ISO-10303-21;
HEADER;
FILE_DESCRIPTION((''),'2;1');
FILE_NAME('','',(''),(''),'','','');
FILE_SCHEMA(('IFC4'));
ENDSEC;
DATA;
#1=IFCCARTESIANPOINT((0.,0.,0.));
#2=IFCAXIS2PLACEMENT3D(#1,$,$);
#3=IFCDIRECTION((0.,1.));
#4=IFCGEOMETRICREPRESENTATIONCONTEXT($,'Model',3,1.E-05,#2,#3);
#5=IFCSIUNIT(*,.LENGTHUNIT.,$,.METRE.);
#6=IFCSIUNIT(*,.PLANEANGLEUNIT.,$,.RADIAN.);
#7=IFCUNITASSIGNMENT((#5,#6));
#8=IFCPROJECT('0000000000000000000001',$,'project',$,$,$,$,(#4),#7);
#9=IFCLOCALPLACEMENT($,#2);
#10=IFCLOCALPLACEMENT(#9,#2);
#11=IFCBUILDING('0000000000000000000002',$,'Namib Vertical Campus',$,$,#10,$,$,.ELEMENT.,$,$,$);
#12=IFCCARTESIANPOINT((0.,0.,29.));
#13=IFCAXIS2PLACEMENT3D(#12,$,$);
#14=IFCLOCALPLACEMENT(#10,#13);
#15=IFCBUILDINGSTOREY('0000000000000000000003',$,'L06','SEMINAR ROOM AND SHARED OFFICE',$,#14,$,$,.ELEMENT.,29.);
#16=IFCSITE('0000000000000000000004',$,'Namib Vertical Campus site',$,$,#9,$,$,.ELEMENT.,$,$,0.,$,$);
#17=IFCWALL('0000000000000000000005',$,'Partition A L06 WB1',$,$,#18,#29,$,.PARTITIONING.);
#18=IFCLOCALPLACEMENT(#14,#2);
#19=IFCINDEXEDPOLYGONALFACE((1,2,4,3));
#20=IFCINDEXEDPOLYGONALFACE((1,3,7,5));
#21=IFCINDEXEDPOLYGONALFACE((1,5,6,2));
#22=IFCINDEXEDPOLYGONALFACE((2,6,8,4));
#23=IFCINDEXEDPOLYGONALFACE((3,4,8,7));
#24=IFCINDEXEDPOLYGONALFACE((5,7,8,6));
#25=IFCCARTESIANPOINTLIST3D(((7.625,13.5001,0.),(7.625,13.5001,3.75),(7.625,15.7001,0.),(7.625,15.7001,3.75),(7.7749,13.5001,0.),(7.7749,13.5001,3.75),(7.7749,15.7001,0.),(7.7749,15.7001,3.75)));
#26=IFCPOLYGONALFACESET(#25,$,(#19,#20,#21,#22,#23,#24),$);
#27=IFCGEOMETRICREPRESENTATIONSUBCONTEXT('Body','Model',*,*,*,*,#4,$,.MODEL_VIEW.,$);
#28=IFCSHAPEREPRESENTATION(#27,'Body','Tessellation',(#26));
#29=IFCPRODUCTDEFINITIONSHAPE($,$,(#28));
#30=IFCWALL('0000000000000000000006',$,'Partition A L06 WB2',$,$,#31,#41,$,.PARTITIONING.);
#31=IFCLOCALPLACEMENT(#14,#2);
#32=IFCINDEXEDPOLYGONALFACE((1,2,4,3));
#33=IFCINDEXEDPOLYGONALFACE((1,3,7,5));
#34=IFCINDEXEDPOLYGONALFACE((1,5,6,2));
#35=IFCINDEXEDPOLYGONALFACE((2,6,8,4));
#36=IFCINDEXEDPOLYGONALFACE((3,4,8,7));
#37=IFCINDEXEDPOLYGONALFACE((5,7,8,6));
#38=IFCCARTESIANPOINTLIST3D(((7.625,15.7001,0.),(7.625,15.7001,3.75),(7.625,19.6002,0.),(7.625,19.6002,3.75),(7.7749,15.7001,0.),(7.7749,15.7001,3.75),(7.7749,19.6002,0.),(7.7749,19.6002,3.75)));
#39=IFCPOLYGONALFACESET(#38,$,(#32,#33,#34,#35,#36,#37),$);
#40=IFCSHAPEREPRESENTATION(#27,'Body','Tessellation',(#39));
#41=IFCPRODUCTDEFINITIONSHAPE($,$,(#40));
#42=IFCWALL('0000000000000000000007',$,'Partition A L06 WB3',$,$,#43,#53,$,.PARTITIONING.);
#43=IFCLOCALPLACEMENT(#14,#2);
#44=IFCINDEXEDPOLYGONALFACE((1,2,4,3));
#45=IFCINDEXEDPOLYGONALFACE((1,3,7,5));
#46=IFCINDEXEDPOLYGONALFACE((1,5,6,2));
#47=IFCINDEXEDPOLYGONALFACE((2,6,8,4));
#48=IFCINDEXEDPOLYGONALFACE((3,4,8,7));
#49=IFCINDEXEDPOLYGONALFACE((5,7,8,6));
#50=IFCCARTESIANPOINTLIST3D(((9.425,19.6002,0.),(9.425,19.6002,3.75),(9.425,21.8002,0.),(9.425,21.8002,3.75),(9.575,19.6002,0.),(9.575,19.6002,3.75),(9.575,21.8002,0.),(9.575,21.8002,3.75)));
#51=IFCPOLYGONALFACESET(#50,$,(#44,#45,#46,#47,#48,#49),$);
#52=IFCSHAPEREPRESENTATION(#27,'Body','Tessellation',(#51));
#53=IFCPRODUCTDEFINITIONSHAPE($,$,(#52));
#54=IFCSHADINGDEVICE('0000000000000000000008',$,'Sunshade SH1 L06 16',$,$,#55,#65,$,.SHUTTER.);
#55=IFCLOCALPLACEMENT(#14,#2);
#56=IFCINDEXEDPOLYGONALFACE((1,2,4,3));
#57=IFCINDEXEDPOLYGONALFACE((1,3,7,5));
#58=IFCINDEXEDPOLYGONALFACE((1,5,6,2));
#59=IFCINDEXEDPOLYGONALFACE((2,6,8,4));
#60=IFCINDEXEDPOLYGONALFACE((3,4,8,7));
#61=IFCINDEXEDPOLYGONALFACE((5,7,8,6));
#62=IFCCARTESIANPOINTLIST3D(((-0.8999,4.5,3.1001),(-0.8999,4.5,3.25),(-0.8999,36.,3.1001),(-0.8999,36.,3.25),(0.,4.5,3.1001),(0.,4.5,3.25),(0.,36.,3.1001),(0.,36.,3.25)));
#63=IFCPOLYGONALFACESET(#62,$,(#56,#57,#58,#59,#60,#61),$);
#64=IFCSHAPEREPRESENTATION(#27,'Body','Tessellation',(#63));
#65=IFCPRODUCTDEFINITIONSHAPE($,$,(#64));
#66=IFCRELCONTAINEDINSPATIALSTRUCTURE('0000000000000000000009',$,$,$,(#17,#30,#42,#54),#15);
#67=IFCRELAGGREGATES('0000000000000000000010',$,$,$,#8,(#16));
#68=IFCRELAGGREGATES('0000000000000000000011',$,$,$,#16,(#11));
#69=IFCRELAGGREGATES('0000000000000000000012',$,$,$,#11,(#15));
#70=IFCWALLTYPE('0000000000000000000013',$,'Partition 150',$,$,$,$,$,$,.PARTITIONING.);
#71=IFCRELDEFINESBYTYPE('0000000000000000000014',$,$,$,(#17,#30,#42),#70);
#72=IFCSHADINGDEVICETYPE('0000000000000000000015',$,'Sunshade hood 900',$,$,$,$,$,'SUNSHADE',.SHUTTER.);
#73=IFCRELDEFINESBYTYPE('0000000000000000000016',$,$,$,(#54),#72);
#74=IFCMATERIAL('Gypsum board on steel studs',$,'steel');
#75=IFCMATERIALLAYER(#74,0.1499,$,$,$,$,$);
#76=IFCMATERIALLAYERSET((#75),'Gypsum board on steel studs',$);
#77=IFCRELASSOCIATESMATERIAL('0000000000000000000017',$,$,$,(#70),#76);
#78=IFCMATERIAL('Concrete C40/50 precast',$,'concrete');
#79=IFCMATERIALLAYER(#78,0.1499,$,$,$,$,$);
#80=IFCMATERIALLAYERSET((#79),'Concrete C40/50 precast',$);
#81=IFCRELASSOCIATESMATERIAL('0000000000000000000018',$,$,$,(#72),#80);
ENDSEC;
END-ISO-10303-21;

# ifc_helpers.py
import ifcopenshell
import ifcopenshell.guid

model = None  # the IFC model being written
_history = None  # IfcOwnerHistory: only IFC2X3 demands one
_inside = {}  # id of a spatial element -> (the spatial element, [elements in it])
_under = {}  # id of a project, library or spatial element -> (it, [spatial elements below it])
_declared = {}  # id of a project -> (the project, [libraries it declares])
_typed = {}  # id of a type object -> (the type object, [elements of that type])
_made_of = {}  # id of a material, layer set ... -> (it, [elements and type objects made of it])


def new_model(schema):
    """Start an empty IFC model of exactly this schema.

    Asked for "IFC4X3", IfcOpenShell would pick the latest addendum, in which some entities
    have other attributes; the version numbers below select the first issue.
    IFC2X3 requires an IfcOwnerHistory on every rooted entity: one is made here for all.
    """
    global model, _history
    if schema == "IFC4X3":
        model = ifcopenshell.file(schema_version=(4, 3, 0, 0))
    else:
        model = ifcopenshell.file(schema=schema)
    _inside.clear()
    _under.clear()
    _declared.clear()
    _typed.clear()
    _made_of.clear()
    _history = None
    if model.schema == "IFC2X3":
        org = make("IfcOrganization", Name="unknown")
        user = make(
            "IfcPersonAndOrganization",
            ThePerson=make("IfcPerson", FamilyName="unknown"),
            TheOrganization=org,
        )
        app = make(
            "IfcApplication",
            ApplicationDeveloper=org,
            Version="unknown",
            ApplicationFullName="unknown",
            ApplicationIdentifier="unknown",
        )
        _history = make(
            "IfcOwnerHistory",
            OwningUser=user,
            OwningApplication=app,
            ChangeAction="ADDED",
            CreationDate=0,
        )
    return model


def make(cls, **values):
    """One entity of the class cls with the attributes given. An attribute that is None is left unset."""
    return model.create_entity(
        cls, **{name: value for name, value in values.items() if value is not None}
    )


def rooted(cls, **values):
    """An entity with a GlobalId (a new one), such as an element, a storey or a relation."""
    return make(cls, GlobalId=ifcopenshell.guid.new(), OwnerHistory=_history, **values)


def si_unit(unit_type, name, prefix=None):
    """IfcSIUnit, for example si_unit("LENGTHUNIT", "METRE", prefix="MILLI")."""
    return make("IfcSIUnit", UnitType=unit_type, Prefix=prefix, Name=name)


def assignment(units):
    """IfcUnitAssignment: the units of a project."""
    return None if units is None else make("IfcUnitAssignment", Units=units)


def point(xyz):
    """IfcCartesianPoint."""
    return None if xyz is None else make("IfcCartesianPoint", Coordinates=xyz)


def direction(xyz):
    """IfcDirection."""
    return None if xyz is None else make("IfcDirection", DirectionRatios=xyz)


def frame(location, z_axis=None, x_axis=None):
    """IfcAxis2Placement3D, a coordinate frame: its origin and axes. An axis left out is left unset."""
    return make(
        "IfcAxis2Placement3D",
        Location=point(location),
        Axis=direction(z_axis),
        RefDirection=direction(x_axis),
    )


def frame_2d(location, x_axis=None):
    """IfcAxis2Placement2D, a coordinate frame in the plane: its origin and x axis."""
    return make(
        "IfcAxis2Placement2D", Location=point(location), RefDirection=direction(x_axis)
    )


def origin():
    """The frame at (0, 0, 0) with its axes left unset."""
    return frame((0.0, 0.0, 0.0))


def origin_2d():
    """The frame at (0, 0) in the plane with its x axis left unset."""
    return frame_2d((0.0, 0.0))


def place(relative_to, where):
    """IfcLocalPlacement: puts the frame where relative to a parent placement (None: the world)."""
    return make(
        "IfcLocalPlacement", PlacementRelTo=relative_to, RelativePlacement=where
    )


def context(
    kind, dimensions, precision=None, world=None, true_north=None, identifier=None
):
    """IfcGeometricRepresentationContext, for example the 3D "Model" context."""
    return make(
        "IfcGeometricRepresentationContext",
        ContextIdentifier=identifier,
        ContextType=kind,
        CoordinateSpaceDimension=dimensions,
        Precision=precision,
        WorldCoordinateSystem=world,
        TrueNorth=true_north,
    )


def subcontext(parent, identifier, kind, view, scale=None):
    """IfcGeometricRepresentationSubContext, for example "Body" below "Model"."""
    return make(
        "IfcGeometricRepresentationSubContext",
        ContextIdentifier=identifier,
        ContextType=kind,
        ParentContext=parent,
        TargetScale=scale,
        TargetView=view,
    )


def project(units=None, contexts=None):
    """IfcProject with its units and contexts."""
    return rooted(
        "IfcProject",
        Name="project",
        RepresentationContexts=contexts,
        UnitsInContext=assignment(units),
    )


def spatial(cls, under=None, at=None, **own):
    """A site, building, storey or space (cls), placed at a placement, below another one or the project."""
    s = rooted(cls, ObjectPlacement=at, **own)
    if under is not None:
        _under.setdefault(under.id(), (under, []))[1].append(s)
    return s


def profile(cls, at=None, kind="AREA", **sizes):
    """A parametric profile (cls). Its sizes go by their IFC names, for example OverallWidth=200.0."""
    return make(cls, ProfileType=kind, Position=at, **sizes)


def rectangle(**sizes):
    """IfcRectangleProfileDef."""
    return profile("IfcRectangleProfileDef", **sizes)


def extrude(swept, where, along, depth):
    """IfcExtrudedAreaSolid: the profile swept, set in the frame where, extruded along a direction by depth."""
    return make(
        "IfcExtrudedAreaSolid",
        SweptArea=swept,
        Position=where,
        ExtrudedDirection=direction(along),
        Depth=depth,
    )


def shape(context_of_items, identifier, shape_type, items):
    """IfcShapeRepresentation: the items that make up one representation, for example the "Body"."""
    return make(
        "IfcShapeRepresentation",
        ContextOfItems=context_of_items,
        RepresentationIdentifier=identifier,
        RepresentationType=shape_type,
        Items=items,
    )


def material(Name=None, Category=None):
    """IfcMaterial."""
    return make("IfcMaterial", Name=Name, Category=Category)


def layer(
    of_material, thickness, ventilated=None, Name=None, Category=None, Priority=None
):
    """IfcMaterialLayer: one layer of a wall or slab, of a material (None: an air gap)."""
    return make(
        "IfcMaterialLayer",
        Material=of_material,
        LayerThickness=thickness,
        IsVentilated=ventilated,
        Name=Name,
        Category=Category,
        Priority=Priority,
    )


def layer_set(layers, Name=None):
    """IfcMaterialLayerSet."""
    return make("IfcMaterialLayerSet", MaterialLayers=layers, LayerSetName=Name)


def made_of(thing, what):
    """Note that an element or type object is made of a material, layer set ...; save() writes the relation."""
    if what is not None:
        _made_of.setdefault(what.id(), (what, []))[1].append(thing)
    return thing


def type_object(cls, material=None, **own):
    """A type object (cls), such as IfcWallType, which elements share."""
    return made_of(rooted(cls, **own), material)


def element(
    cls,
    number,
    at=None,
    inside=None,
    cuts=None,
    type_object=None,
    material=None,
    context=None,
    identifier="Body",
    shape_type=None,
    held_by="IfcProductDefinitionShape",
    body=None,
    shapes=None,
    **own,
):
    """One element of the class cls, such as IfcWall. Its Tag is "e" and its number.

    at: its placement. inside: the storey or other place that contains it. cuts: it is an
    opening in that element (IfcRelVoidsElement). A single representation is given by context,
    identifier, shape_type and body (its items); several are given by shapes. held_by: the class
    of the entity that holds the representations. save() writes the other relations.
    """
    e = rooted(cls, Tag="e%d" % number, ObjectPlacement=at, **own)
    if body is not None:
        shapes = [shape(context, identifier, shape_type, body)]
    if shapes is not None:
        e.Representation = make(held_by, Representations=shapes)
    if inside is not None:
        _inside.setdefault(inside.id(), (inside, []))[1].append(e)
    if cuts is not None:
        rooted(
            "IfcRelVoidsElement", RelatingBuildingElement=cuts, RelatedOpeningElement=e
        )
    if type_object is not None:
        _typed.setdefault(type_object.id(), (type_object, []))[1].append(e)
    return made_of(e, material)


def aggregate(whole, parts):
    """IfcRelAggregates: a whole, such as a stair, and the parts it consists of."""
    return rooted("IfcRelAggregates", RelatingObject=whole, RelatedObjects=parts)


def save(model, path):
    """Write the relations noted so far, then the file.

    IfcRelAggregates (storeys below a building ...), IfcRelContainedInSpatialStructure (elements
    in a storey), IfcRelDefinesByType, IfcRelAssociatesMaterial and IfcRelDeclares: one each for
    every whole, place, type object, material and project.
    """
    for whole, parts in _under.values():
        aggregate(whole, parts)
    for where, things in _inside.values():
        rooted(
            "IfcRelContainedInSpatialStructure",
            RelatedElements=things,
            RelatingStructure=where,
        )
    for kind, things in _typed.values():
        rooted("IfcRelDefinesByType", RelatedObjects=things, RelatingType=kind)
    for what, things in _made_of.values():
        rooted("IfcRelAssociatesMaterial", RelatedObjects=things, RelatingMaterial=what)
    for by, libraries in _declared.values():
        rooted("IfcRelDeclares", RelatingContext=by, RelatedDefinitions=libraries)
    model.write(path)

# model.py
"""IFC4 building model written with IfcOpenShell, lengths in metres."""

from ifc_helpers import new_model, si_unit, direction, frame, frame_2d, origin, origin_2d, place, context, subcontext, project, spatial, rectangle, extrude, material, layer, layer_set, type_object, element, save


model = new_model("IFC4")

# Units and contexts
model_context = context("Model", 3, precision=1e-05, world=origin(), true_north=direction((0.0, 1.0)))
body_context = subcontext(model_context, "Body", "Model", "MODEL_VIEW")
ifc_project = project(units=[si_unit("LENGTHUNIT", "METRE"), si_unit("PLANEANGLEUNIT", "RADIAN")], contexts=[model_context])

# Site, building, storey
site_placement = place(None, origin())
site = spatial("IfcSite", under=ifc_project, at=site_placement, Name="Namib Vertical Campus site", CompositionType="ELEMENT", RefElevation=0.0)
building_placement = place(site_placement, origin())
building = spatial("IfcBuilding", under=site, at=building_placement, Name="Namib Vertical Campus", CompositionType="ELEMENT")
storey_placement = place(building_placement, frame((0.0, 0.0, 29.0)))
storey = spatial("IfcBuildingStorey", under=building, at=storey_placement, Name="L06", Description="SEMINAR ROOM AND SHARED OFFICE", CompositionType="ELEMENT", Elevation=29.0)

# Walls
ifc_material_1 = material(Name="Gypsum board on steel studs", Category="steel")
ifc_layer_1 = layer(ifc_material_1, 0.1499)
ifc_layer_set_1 = layer_set([ifc_layer_1], Name="Gypsum board on steel studs")
wall_type_1 = type_object("IfcWallType", Name="Partition 150", PredefinedType="PARTITIONING", material=ifc_layer_set_1)
wall_1_placement = place(storey_placement, frame((7.7, 13.5, 0.0), z_axis=(0.0, 0.0, 1.0), x_axis=(0.0, 1.0, 0.0)))
element("IfcWall", 1, at=wall_1_placement, inside=storey, type_object=wall_type_1, Name="Partition A L06 WB1", PredefinedType="PARTITIONING", context=body_context, shape_type="SweptSolid", body=[
    extrude(rectangle(XDim=2.2, YDim=0.1499, at=frame_2d((1.1001, 0.0))), origin(), (0.0, 0.0, 1.0), 3.75),
])
wall_2_placement = place(storey_placement, frame((7.7, 15.7, 0.0), z_axis=(0.0, 0.0, 1.0), x_axis=(0.0, 1.0, 0.0)))
element("IfcWall", 2, at=wall_2_placement, inside=storey, type_object=wall_type_1, Name="Partition A L06 WB2", PredefinedType="PARTITIONING", context=body_context, shape_type="SweptSolid", body=[
    extrude(rectangle(XDim=3.9001, YDim=0.1499, at=frame_2d((1.9502, 0.0))), origin(), (0.0, 0.0, 1.0), 3.75),
])
wall_3_placement = place(storey_placement, frame((9.5, 19.6001, 0.0), z_axis=(0.0, 0.0, 1.0), x_axis=(0.0, 1.0, 0.0)))
element("IfcWall", 3, at=wall_3_placement, inside=storey, type_object=wall_type_1, Name="Partition A L06 WB3", PredefinedType="PARTITIONING", context=body_context, shape_type="SweptSolid", body=[
    extrude(rectangle(XDim=2.2, YDim=0.1499, at=frame_2d((1.1001, 0.0))), origin(), (0.0, 0.0, 1.0), 3.75),
])

# Shading device
ifc_material_2 = material(Name="Concrete C40/50 precast", Category="concrete")
ifc_layer_2 = layer(ifc_material_2, 0.1499)
ifc_layer_set_2 = layer_set([ifc_layer_2], Name="Concrete C40/50 precast")
shading_device_type = type_object("IfcShadingDeviceType", Name="Sunshade hood 900", ElementType="SUNSHADE", PredefinedType="SHUTTER", material=ifc_layer_set_2)
shading_device_placement = place(storey_placement, frame((-0.45, 20.25, 3.1001), z_axis=(0.0, 0.0, 1.0), x_axis=(0.0, -1.0, 0.0)))
element("IfcShadingDevice", 4, at=shading_device_placement, inside=storey, type_object=shading_device_type, Name="Sunshade SH1 L06 16", PredefinedType="SHUTTER", context=body_context, shape_type="SweptSolid", body=[
    extrude(rectangle(XDim=31.5, YDim=0.8999, at=origin_2d()), origin(), (0.0, 0.0, 1.0), 0.1499),
])

save(model, "model.ifc")
